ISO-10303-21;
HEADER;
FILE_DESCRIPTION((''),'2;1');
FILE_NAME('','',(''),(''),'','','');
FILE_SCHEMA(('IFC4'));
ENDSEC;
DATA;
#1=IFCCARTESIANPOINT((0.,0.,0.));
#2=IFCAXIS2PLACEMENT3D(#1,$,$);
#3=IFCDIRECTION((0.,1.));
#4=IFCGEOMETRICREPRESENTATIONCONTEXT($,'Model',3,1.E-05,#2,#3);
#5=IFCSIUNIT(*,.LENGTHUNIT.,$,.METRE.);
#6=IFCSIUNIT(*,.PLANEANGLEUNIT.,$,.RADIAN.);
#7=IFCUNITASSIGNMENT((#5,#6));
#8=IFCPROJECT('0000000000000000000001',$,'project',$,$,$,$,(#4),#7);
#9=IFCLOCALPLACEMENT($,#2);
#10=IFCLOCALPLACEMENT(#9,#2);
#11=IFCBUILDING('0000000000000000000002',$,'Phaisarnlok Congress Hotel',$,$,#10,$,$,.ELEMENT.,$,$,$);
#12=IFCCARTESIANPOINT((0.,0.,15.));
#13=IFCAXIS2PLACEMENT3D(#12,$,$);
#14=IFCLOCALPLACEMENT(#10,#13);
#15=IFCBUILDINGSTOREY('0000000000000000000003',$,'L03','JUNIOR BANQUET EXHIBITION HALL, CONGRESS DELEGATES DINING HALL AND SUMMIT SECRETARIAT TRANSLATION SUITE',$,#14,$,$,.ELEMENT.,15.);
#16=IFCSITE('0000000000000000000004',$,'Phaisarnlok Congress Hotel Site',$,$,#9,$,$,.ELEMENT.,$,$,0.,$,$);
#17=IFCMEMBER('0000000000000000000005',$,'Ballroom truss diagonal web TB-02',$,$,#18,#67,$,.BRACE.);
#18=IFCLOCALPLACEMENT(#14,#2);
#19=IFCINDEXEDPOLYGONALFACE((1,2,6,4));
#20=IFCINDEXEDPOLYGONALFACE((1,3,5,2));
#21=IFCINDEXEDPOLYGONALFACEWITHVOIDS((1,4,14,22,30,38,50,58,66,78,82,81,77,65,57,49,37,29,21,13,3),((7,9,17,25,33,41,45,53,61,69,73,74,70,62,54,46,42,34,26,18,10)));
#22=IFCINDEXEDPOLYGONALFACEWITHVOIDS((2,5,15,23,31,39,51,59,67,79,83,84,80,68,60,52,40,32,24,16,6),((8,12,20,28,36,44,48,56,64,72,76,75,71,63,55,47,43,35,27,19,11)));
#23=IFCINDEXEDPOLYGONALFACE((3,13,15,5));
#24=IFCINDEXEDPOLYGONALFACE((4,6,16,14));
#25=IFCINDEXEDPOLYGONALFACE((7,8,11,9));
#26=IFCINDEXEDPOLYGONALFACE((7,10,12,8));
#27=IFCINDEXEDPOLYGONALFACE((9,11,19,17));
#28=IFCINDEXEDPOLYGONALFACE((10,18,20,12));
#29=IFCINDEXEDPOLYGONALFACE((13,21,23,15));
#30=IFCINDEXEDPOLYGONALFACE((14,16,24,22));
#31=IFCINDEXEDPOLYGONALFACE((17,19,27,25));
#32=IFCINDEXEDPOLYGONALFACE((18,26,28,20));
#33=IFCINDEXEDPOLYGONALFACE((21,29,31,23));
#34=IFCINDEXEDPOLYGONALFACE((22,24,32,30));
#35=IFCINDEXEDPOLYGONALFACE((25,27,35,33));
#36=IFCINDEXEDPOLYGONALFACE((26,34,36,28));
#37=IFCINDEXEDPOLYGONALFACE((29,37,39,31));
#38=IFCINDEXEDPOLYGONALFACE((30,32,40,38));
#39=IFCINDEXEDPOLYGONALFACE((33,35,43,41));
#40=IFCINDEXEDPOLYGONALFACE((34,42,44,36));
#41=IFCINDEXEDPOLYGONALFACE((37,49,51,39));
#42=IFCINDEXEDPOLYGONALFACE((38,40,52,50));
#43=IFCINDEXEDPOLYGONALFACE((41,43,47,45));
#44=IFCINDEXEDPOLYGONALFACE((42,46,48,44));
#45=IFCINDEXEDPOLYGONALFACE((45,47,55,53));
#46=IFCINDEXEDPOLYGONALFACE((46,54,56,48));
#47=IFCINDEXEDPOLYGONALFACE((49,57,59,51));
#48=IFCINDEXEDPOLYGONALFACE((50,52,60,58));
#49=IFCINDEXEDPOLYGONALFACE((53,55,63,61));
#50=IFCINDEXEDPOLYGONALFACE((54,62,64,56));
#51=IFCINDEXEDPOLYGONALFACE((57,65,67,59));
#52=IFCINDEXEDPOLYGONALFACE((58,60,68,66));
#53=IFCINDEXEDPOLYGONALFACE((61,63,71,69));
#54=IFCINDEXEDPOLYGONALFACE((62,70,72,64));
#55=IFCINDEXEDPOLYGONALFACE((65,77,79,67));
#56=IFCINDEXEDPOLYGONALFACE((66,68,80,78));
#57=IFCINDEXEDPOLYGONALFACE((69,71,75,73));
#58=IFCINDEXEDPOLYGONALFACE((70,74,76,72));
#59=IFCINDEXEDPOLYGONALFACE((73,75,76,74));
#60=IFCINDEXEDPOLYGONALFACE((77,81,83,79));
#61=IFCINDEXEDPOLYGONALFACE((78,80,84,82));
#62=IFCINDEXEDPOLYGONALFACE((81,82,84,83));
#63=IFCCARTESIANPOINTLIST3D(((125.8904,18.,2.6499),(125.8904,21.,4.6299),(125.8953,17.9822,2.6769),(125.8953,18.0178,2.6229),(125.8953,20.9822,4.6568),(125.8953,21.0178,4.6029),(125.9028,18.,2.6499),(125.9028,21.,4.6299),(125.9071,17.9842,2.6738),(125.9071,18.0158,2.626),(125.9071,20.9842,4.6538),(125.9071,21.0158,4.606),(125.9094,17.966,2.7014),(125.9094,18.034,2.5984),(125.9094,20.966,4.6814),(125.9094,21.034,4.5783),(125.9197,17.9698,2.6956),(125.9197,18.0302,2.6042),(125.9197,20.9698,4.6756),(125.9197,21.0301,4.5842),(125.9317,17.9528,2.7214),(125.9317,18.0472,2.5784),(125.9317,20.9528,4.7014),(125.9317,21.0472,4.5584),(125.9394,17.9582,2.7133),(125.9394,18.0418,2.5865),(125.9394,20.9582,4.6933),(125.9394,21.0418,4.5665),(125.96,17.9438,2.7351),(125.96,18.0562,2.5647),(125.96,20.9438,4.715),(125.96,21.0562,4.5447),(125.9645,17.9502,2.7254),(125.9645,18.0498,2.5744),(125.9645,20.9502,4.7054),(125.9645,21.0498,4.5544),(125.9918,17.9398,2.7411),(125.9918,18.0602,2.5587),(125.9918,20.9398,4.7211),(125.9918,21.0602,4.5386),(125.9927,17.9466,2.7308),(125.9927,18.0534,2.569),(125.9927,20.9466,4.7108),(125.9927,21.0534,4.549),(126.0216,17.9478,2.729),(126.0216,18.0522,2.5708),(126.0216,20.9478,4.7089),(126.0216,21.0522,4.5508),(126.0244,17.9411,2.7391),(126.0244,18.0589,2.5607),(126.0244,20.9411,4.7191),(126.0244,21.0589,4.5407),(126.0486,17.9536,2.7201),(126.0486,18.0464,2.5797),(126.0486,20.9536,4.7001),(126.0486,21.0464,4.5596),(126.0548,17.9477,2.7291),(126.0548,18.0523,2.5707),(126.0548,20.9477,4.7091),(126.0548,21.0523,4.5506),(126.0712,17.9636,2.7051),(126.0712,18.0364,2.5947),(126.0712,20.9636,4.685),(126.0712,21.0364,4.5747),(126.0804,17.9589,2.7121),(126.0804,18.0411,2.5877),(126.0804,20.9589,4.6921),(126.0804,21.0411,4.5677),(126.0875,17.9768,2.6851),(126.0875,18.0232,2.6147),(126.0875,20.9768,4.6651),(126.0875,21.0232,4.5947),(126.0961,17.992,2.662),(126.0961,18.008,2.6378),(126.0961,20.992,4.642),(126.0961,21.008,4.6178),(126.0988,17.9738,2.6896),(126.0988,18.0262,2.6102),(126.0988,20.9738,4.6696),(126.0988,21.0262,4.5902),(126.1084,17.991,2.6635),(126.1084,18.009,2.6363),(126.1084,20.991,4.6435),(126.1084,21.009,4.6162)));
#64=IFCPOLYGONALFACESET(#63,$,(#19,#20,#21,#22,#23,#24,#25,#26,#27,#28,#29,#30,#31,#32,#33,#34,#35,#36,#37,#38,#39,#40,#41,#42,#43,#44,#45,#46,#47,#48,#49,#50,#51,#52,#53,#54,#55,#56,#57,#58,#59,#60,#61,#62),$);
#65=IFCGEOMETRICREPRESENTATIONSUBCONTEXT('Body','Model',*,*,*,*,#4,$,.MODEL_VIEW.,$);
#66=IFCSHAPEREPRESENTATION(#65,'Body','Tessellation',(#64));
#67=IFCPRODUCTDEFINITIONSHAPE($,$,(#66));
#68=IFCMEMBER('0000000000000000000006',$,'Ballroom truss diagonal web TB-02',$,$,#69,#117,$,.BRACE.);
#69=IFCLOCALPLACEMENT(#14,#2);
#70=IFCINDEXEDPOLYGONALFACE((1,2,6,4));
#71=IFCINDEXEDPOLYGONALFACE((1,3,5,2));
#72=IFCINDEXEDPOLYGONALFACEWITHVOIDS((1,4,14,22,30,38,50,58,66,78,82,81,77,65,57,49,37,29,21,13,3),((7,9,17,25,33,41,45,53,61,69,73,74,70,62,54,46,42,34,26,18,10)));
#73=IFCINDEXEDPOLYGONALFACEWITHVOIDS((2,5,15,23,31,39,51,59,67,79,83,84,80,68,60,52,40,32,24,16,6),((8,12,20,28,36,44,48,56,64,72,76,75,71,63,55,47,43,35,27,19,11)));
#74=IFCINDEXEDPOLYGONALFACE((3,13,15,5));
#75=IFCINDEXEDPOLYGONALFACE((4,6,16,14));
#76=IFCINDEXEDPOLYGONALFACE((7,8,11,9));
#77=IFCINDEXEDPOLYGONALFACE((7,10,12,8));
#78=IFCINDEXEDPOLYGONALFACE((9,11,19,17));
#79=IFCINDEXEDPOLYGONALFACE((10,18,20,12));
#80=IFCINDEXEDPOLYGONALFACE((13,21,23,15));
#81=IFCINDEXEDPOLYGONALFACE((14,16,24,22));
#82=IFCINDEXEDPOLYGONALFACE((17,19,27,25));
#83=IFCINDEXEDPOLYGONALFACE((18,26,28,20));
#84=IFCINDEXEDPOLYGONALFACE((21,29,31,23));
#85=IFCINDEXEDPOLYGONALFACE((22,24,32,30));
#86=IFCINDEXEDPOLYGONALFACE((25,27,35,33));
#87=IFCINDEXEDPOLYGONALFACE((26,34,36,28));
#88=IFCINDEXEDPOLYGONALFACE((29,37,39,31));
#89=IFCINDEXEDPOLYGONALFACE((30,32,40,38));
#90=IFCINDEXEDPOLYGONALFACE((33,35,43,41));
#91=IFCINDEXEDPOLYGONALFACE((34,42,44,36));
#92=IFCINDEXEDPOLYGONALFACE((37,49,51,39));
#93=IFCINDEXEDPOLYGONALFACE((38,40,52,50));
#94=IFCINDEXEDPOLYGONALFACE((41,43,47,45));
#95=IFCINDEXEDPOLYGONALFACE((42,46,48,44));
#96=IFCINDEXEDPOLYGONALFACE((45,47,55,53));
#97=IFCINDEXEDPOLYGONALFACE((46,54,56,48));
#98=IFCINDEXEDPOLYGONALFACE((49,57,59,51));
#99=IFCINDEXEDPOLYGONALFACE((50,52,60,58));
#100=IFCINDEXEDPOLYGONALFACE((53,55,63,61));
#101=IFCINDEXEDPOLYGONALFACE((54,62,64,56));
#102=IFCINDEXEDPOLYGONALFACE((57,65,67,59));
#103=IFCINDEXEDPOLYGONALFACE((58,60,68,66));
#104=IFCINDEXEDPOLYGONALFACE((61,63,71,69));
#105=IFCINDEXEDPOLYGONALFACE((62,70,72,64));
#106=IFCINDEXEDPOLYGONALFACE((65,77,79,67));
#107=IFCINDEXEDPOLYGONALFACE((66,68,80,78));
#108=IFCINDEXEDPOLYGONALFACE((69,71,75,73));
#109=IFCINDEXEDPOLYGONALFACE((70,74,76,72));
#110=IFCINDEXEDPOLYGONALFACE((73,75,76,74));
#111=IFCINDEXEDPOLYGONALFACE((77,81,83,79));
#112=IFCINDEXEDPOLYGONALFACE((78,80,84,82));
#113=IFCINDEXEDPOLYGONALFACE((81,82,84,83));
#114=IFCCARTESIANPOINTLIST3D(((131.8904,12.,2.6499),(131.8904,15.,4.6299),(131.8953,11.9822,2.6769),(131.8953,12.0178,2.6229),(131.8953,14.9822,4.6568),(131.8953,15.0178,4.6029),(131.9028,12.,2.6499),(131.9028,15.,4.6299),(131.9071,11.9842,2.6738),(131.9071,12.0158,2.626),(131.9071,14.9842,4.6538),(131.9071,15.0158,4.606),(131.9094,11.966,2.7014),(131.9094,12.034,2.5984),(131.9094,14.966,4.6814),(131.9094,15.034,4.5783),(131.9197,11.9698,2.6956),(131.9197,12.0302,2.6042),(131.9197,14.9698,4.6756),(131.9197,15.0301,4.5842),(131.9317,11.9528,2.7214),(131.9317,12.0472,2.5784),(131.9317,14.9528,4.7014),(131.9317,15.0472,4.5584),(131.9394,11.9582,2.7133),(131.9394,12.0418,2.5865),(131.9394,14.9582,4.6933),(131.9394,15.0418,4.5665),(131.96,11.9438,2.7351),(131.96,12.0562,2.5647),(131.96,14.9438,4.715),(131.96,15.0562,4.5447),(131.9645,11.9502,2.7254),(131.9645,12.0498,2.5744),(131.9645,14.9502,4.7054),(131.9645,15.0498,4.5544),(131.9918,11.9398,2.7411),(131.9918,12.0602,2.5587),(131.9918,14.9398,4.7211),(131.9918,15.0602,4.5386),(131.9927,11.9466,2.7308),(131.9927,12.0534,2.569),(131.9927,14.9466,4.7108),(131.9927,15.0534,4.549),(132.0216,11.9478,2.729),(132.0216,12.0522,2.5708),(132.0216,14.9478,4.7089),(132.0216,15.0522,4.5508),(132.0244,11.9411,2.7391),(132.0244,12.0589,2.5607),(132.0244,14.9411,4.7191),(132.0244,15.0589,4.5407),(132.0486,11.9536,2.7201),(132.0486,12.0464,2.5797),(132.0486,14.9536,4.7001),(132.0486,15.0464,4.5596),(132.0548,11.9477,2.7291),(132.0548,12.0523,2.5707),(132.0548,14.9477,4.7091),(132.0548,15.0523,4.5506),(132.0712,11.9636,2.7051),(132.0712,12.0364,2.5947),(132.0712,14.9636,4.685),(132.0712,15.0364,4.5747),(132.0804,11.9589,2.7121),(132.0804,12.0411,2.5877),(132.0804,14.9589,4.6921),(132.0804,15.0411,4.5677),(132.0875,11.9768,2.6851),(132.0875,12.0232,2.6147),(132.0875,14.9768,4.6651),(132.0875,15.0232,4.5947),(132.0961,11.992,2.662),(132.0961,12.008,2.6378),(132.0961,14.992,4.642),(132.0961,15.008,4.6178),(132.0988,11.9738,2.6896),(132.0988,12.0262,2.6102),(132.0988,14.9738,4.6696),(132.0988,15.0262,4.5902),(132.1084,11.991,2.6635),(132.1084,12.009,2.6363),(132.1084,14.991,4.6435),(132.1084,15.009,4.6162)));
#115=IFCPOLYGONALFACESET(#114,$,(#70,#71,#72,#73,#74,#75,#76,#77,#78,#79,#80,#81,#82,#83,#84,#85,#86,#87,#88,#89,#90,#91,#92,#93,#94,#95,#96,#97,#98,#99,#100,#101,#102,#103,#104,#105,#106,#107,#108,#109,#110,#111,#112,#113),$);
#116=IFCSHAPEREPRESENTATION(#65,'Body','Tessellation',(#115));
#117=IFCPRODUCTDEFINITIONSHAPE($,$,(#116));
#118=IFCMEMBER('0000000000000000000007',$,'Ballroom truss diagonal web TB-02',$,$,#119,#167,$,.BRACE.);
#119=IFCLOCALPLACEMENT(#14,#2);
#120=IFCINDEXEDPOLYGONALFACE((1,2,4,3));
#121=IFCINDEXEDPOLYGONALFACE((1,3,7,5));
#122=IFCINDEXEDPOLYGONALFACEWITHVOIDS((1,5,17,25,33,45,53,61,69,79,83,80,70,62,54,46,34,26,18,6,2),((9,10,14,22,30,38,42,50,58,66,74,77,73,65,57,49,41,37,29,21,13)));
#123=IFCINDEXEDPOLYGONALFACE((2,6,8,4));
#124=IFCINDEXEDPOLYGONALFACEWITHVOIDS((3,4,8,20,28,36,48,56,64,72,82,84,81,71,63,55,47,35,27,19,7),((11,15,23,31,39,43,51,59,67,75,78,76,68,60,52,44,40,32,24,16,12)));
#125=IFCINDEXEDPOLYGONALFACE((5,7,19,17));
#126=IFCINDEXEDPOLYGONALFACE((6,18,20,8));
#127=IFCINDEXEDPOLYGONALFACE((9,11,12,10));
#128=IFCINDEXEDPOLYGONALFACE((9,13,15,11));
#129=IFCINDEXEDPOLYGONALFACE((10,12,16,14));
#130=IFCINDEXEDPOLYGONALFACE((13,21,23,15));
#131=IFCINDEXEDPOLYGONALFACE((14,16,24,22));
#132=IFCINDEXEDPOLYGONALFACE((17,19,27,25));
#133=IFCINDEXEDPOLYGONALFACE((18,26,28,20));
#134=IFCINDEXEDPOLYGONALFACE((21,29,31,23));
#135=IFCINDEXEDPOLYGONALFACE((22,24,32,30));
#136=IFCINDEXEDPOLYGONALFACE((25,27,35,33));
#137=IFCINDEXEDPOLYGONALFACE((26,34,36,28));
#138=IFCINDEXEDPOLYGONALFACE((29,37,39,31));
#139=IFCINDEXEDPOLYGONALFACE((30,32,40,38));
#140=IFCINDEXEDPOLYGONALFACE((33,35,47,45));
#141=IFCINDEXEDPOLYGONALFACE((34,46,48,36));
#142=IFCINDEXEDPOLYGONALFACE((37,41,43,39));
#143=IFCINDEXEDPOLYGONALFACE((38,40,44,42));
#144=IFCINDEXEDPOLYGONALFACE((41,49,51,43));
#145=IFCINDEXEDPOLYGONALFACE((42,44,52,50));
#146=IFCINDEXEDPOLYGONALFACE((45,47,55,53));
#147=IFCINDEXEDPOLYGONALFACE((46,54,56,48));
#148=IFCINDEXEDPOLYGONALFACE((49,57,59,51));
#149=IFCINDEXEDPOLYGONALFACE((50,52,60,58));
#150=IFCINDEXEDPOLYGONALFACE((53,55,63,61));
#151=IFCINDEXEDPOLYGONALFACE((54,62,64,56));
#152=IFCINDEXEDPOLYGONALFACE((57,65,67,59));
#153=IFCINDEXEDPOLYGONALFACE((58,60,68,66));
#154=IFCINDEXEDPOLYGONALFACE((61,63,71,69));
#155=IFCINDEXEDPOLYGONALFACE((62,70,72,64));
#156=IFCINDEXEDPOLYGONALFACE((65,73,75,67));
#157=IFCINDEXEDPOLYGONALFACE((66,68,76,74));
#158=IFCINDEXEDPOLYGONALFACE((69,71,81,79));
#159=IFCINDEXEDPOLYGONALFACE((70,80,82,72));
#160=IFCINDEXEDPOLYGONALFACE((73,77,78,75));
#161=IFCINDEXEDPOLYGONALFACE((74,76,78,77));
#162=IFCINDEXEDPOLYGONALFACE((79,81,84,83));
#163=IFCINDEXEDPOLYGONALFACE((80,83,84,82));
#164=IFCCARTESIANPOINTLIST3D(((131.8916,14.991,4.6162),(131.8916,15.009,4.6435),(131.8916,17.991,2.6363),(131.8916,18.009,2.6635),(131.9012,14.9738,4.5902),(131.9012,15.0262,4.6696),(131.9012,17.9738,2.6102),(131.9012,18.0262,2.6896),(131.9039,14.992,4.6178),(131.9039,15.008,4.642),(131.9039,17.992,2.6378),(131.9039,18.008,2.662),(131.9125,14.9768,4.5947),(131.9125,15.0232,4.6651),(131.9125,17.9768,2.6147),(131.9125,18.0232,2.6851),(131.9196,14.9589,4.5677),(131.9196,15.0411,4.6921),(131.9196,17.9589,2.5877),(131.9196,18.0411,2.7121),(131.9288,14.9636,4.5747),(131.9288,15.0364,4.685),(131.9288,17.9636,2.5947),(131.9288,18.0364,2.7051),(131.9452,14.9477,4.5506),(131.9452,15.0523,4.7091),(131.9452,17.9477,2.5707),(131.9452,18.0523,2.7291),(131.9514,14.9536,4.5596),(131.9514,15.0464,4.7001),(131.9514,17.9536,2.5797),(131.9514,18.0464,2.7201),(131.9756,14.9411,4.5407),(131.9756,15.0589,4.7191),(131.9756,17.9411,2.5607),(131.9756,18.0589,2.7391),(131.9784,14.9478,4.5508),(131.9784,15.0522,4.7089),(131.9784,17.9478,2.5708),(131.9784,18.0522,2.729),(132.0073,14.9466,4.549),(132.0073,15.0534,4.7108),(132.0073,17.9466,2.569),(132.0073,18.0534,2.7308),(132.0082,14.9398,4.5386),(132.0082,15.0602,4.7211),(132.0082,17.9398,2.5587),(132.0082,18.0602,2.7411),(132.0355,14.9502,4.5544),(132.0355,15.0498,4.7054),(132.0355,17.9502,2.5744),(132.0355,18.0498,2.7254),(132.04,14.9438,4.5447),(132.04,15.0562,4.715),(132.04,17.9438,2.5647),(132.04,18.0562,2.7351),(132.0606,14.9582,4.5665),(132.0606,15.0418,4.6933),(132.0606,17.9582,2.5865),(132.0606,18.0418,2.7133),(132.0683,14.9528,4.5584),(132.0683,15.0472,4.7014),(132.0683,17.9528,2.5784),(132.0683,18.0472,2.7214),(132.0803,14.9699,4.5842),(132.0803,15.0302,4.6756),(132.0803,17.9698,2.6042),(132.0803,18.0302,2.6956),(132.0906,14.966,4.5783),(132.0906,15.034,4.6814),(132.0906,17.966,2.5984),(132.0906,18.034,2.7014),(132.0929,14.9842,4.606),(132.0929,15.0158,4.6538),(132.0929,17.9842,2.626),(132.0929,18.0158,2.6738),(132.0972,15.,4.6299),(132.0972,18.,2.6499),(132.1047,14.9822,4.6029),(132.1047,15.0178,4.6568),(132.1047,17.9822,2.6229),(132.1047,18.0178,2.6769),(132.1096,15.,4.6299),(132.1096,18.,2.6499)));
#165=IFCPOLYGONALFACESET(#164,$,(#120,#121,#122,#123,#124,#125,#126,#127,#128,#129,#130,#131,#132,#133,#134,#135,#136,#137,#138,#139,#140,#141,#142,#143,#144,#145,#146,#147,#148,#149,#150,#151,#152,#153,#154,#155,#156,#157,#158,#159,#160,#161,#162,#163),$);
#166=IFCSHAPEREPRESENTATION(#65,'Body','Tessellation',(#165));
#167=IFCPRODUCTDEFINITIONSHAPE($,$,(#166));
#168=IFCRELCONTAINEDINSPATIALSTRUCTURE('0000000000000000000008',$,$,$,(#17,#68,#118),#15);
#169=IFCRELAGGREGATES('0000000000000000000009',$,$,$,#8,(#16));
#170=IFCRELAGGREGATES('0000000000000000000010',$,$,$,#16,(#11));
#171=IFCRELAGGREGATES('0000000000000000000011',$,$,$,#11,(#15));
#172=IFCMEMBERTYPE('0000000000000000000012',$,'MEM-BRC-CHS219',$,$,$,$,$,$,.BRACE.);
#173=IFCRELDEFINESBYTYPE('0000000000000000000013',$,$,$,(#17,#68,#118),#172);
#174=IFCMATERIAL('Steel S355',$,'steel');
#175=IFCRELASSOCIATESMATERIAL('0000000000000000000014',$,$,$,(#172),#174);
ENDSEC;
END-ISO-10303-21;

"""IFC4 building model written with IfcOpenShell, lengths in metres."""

from ifc_helpers import new_model, si_unit, direction, frame, origin, origin_2d, place, context, subcontext, project, spatial, hollow_circle, extrude, material, material_profile, profile_set, type_object, element, save


model = new_model("IFC4")

# Units and contexts
model_context = context("Model", 3, precision=1e-05, world=origin(), true_north=direction((0.0, 1.0)))
body_context = subcontext(model_context, "Body", "Model", "MODEL_VIEW")
ifc_project = project(units=[si_unit("LENGTHUNIT", "METRE"), si_unit("PLANEANGLEUNIT", "RADIAN")], contexts=[model_context])

# Site, building, storey
site_placement = place(None, origin())
site = spatial("IfcSite", under=ifc_project, at=site_placement, Name="Phaisarnlok Congress Hotel Site", CompositionType="ELEMENT", RefElevation=0.0)
building_placement = place(site_placement, origin())
building = spatial("IfcBuilding", under=site, at=building_placement, Name="Phaisarnlok Congress Hotel", CompositionType="ELEMENT")
storey_placement = place(building_placement, frame((0.0, 0.0, 15.0)))
storey = spatial("IfcBuildingStorey", under=building, at=storey_placement, Name="L03", Description="JUNIOR BANQUET EXHIBITION HALL, CONGRESS DELEGATES DINING HALL AND SUMMIT SECRETARIAT TRANSLATION SUITE", CompositionType="ELEMENT", Elevation=15.0)

# Members
ifc_material = material(Name="Steel S355", Category="steel")
ifc_material_profile_1 = material_profile(ifc_material, hollow_circle(Radius=0.1096, WallThickness=0.0125, at=origin_2d()), Name="CHS 219.1x12.5")
ifc_profile_set_1 = profile_set([ifc_material_profile_1], Name="Steel S355")
member_type_1 = type_object("IfcMemberType", Name="MEM-BRC-CHS219", PredefinedType="BRACE", material=ifc_profile_set_1)
for number, where, z_axis, x_axis, name in (
    (1, (126.0, 18.0, 2.6499), (0.0, 0.834612, 0.550838), (-1.0, 0.0, 0.0), "Ballroom truss diagonal web TB-02"),
    (2, (132.0, 12.0, 2.6499), (0.0, 0.834612, 0.550838), (-1.0, 0.0, 0.0), "Ballroom truss diagonal web TB-02"),
    (3, (132.0, 18.0, 2.6499), (0.0, -0.834612, 0.550838), (1.0, 0.0, 0.0), "Ballroom truss diagonal web TB-02"),
):
    element("IfcMember", number, at=place(storey_placement, frame(where, z_axis=z_axis, x_axis=x_axis)), inside=storey, type_object=member_type_1, Name=name, PredefinedType="BRACE", context=body_context, shape_type="SweptSolid", body=[
        extrude(hollow_circle(Radius=0.1096, WallThickness=0.0125, at=origin_2d()), origin(), (0.0, 0.0, 1.0), 3.5945),
    ])

save(model, "model.ifc")
